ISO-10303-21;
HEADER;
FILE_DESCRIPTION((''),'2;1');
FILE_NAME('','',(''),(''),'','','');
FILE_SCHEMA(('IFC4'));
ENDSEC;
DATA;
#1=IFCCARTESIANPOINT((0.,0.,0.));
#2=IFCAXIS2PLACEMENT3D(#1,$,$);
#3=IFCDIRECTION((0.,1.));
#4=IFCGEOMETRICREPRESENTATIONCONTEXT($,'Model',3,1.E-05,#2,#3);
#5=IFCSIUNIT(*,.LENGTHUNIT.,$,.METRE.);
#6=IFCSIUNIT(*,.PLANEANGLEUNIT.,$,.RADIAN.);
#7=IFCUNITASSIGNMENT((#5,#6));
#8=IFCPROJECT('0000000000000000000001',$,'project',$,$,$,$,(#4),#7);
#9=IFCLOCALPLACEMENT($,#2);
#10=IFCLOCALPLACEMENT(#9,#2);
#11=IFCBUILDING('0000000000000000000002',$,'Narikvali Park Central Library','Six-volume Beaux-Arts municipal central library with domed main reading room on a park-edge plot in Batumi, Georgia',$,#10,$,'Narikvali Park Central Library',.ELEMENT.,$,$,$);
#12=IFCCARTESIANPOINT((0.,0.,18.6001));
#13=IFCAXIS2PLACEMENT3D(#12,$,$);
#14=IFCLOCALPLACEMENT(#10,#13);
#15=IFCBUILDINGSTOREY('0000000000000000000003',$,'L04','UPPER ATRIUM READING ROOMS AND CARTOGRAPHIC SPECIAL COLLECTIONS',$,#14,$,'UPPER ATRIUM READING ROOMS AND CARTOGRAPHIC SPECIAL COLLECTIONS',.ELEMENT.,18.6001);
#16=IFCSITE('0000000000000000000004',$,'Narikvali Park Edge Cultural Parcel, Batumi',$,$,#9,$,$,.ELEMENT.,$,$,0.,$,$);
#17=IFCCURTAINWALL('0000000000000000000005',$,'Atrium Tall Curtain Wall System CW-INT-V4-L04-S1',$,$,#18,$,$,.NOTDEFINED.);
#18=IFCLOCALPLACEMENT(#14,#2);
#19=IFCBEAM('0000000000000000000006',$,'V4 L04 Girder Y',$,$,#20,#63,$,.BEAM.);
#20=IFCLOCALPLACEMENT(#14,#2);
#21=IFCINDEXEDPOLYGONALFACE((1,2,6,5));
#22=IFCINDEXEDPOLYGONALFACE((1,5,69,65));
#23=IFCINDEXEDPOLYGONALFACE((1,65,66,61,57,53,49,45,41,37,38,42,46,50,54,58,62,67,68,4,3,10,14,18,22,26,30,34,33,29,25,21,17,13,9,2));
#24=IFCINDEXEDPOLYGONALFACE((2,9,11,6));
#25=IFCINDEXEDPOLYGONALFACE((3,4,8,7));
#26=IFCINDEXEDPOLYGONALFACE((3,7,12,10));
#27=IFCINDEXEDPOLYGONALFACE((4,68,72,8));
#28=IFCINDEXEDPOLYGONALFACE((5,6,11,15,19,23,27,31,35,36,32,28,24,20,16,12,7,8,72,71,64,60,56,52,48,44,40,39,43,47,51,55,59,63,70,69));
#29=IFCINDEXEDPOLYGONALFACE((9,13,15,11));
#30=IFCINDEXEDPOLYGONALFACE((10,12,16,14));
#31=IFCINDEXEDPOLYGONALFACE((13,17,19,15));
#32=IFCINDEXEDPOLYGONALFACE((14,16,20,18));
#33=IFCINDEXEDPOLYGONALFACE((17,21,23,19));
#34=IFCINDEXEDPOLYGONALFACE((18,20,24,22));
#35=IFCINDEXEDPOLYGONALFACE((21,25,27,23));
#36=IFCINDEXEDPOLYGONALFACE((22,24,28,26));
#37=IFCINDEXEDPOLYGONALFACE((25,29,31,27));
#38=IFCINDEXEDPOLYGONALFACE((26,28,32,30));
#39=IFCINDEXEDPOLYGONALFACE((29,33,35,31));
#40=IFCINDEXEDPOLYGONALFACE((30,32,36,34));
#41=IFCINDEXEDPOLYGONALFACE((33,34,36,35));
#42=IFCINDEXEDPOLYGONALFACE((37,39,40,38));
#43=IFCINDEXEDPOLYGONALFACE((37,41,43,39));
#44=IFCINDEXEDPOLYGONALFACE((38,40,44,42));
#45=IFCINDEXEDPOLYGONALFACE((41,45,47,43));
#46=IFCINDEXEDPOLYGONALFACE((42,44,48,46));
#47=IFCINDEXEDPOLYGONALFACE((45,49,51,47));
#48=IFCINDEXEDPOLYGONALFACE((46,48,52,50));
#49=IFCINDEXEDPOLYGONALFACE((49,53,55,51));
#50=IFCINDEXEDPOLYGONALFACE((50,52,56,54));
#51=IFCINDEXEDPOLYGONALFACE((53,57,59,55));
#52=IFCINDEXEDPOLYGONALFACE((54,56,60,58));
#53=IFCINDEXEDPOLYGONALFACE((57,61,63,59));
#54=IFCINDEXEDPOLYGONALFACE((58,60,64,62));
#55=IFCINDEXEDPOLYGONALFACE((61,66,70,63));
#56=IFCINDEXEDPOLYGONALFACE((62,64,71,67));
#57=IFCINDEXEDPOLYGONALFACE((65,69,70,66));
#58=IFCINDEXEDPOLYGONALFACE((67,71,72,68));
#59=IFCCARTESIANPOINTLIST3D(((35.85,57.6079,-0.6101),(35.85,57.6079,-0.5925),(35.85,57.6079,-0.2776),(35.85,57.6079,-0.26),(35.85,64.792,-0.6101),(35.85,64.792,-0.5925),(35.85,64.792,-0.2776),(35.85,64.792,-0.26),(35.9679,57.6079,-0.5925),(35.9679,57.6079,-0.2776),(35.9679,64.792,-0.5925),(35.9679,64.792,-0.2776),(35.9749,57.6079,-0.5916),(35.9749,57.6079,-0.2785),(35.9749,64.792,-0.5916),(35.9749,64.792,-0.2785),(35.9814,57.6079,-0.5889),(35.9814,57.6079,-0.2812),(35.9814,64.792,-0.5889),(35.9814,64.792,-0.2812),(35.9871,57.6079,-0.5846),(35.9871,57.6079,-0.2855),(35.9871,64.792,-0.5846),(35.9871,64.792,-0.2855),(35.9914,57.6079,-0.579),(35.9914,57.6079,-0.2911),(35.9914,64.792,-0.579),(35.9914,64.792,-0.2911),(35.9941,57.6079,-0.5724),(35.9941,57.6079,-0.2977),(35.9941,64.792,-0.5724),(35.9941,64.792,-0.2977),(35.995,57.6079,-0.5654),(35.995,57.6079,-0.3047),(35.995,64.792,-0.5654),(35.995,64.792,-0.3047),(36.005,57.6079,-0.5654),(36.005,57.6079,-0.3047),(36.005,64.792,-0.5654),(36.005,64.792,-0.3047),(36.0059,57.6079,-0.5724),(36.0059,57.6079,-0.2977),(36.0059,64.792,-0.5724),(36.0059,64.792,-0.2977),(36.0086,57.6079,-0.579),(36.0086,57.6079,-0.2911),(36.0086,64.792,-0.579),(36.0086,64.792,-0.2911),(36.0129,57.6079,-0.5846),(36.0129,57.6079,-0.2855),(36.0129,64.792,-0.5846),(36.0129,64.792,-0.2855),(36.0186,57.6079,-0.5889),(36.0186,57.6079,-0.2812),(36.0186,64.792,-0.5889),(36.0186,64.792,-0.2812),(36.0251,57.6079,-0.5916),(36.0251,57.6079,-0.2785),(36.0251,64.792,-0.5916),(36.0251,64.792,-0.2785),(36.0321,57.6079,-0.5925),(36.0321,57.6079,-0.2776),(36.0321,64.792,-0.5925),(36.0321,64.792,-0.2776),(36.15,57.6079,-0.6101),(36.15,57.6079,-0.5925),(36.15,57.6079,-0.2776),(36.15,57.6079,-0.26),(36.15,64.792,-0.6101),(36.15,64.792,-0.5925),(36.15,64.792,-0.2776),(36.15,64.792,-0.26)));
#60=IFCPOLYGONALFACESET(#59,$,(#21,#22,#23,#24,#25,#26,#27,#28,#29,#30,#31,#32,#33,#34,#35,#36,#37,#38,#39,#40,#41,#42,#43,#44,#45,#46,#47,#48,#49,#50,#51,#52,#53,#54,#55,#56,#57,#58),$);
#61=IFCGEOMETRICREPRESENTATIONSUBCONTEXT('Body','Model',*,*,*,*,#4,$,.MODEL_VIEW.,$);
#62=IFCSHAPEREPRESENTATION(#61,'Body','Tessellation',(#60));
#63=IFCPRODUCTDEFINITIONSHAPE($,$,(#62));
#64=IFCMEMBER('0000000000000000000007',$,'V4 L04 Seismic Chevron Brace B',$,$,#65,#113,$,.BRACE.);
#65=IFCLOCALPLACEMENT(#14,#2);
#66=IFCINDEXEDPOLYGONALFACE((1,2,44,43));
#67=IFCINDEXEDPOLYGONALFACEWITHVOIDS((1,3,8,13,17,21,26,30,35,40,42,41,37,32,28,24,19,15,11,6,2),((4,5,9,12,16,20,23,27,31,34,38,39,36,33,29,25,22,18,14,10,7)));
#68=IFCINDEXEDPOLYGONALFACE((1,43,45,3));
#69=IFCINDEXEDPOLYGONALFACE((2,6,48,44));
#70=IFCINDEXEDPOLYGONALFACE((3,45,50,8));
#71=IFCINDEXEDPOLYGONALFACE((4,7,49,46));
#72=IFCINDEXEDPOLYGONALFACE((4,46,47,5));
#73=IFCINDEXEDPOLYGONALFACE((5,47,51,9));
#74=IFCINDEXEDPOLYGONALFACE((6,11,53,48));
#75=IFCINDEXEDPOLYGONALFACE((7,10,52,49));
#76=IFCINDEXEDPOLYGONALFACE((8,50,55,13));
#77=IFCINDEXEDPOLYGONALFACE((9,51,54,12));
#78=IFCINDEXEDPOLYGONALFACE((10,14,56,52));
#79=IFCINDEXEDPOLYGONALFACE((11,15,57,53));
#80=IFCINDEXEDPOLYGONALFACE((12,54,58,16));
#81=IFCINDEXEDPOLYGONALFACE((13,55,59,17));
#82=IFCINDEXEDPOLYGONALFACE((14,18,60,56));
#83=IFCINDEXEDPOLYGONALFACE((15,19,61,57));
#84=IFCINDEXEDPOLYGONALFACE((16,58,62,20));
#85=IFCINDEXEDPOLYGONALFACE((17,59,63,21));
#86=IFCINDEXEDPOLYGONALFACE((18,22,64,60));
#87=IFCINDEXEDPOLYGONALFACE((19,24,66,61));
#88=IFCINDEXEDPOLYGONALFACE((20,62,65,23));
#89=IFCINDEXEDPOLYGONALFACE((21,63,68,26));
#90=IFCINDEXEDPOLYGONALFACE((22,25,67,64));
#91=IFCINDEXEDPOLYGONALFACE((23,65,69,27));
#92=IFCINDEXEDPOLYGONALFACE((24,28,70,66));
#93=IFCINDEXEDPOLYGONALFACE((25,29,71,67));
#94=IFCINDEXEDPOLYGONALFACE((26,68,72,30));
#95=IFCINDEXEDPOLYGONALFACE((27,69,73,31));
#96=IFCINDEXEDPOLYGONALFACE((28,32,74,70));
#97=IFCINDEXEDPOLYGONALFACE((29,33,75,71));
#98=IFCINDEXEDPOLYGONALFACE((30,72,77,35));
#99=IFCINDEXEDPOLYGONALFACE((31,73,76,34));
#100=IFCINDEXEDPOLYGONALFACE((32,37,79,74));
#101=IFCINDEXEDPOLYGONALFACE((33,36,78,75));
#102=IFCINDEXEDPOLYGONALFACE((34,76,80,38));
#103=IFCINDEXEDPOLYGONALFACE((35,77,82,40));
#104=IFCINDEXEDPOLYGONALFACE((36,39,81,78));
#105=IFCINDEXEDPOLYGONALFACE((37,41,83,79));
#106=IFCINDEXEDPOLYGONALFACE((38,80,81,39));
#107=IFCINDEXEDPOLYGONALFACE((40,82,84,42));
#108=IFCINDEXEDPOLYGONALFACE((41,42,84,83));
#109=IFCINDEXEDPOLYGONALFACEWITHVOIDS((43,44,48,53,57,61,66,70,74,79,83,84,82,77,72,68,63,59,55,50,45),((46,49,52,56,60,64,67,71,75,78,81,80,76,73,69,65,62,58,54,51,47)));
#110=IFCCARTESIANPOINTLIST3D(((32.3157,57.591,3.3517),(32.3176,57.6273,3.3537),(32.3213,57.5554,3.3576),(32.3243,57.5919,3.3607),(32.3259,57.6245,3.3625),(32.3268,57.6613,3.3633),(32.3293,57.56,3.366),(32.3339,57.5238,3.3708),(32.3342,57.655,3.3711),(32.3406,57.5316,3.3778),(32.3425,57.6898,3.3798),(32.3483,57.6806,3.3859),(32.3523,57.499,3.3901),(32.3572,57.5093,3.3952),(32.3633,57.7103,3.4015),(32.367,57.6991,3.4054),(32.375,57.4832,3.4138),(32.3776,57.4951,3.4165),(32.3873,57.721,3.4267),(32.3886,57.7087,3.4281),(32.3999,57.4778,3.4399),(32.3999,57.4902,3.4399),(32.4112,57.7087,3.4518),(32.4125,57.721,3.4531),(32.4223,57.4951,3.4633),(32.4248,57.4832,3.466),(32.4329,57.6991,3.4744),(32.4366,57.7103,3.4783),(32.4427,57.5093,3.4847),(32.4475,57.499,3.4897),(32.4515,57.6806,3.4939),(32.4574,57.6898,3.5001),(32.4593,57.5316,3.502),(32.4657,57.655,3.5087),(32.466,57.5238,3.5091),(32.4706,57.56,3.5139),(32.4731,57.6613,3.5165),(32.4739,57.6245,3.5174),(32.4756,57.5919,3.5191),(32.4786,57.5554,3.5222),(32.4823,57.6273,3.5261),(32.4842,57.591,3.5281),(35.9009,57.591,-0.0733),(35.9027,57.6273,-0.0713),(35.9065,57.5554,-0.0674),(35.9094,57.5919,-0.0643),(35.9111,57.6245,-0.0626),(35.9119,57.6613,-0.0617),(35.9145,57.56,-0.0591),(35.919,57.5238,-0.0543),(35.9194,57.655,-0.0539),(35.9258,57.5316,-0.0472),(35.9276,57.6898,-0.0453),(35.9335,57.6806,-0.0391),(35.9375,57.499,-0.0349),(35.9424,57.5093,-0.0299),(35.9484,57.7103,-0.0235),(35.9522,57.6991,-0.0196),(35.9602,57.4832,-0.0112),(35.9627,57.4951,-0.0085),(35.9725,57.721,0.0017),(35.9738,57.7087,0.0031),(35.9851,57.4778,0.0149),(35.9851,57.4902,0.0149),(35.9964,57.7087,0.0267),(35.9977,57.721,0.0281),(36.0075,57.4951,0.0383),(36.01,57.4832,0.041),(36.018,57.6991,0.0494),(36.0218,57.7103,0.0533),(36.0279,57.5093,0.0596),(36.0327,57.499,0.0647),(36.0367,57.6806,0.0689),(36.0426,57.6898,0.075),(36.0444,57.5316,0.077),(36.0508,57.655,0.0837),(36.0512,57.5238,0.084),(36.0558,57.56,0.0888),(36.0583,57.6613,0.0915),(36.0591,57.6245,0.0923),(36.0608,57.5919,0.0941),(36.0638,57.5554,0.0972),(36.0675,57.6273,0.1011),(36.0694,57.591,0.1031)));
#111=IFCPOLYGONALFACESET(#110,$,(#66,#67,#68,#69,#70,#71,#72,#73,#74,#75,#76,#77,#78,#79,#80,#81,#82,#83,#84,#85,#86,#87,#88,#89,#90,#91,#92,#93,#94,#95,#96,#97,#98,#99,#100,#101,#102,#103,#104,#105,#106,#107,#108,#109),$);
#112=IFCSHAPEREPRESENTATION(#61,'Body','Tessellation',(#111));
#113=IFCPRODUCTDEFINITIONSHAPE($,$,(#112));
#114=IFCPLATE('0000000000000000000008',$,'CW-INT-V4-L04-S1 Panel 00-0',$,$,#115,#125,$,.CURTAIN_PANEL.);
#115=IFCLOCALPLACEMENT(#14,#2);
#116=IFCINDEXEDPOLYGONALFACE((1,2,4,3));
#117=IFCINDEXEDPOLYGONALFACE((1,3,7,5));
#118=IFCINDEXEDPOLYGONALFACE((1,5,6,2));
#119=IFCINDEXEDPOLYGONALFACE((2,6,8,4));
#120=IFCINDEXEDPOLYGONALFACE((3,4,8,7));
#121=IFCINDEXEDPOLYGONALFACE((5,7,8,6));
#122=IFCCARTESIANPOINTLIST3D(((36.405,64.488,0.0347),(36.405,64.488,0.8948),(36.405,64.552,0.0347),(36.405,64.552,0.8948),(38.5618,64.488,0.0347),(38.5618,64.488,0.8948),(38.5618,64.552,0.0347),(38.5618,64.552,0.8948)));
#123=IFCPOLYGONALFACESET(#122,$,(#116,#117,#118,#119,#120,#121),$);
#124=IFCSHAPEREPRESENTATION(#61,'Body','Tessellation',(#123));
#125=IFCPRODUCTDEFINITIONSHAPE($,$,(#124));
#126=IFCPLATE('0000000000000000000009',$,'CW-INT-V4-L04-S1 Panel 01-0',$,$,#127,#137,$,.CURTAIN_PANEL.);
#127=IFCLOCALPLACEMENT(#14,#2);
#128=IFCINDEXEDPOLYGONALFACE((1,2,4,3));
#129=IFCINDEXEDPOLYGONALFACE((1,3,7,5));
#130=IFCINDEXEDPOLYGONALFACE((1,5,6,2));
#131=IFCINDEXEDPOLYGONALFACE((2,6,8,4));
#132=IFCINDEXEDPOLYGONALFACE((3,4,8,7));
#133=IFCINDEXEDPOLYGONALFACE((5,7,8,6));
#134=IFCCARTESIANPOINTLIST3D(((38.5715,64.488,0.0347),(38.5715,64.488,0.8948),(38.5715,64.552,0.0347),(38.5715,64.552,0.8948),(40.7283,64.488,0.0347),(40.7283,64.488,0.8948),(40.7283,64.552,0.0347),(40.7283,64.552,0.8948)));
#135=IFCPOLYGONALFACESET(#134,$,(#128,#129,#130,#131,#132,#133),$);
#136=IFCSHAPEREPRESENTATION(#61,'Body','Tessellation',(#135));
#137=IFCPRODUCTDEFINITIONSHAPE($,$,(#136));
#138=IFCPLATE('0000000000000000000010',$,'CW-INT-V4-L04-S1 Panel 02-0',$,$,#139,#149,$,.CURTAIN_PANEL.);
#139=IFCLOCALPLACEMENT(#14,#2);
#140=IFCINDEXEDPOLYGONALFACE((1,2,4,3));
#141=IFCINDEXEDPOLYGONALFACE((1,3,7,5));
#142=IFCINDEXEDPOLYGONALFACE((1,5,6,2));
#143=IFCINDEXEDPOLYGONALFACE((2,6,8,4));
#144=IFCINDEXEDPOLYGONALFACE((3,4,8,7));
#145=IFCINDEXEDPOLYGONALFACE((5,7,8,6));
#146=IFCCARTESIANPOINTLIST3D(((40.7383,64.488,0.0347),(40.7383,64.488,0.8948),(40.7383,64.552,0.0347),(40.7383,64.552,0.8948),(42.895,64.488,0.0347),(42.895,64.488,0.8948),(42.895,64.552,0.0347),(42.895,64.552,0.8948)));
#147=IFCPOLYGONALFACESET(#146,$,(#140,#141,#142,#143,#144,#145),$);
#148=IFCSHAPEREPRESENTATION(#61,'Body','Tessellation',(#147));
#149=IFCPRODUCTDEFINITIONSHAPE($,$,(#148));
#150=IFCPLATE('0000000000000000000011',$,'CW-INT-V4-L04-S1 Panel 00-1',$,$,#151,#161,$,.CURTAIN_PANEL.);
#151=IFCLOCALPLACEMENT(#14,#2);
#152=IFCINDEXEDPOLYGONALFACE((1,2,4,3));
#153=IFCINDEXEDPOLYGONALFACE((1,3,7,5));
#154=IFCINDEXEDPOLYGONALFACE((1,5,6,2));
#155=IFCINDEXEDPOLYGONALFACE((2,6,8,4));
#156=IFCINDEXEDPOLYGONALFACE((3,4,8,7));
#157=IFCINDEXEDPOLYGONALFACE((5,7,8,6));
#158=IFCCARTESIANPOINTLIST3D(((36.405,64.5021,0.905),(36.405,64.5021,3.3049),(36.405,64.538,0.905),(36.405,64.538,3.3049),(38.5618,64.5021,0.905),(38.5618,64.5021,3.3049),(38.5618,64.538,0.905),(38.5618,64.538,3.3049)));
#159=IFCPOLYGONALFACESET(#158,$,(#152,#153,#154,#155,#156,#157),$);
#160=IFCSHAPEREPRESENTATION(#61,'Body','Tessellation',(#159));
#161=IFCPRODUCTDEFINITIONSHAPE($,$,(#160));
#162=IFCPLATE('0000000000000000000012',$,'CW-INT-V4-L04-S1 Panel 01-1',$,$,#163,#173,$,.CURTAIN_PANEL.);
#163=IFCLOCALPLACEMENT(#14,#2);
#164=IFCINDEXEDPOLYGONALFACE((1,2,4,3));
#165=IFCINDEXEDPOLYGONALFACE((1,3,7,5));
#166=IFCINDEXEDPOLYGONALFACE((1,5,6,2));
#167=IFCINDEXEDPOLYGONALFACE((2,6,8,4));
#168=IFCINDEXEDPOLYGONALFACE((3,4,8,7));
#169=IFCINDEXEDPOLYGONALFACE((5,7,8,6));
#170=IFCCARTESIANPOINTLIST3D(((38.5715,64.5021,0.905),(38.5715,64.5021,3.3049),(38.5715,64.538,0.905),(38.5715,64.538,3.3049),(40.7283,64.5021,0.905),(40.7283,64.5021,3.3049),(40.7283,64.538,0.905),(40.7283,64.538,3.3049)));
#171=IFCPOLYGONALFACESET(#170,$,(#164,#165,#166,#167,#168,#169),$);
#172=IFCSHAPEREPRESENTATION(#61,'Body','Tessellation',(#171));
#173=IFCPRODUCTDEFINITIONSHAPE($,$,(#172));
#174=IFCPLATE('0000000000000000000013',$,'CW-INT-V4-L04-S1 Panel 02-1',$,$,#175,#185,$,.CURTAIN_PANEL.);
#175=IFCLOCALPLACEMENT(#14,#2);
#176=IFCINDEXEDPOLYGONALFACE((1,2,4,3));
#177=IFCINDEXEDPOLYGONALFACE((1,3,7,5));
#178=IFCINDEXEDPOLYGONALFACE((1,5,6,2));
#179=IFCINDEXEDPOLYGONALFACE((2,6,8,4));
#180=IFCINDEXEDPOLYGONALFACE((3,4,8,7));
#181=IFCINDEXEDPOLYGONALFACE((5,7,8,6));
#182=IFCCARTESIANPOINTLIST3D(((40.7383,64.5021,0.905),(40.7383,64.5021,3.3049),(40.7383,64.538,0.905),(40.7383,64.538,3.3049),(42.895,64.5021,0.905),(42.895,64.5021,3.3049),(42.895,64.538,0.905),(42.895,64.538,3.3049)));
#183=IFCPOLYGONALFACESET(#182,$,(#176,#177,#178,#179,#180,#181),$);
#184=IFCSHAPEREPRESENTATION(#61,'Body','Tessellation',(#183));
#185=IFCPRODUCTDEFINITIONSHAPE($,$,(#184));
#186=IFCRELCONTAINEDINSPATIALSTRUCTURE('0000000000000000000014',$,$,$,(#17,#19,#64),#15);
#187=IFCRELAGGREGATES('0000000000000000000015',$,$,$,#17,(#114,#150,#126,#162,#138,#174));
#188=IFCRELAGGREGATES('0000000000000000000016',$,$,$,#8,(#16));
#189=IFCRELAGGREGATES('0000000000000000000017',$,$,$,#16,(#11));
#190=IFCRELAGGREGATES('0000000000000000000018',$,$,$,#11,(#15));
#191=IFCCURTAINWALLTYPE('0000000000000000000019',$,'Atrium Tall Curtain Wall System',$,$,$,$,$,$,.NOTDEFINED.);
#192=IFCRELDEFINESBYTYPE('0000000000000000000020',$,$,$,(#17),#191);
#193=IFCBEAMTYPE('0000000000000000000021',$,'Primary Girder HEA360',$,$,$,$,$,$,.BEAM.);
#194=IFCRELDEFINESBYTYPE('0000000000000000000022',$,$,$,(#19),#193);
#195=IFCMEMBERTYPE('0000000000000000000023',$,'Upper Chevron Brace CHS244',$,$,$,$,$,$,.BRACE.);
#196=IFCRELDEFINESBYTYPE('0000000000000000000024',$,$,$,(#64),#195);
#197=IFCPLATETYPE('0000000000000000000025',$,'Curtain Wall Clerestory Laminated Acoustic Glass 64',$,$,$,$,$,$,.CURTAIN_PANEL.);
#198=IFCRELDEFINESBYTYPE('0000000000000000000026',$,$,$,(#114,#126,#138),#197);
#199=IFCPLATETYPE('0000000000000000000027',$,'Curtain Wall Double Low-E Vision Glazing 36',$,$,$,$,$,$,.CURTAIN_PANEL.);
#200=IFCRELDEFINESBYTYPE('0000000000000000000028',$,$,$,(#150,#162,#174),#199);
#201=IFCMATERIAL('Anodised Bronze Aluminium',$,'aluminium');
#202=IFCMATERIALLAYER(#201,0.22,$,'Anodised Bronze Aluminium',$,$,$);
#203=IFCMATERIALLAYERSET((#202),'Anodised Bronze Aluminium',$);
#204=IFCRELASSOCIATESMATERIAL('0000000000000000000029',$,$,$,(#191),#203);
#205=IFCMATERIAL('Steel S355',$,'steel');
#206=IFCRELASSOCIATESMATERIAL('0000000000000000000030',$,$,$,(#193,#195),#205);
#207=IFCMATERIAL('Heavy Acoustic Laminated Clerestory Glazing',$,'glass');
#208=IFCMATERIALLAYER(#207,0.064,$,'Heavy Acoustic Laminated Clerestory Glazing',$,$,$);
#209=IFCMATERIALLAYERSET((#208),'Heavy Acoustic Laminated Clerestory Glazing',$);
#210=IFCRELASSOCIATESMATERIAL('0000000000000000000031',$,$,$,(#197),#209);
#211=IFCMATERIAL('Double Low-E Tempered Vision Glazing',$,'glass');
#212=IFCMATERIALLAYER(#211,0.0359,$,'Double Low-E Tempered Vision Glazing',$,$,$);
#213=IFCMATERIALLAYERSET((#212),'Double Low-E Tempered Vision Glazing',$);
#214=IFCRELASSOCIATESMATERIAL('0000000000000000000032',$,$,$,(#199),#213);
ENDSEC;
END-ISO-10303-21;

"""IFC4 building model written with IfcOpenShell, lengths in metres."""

from ifc_helpers import new_model, si_unit, direction, frame, origin, origin_2d, place, context, subcontext, project, spatial, rectangle, hollow_circle, i_section, extrude, material, layer, layer_set, material_profile, profile_set, type_object, element, aggregate, save


model = new_model("IFC4")

# Units and contexts
model_context = context("Model", 3, precision=1e-05, world=origin(), true_north=direction((0.0, 1.0)))
body_context = subcontext(model_context, "Body", "Model", "MODEL_VIEW")
ifc_project = project(units=[si_unit("LENGTHUNIT", "METRE"), si_unit("PLANEANGLEUNIT", "RADIAN")], contexts=[model_context])

# Site, building, storey
site_placement = place(None, origin())
site = spatial("IfcSite", under=ifc_project, at=site_placement, Name="Narikvali Park Edge Cultural Parcel, Batumi", CompositionType="ELEMENT", RefElevation=0.0)
building_placement = place(site_placement, origin())
building = spatial("IfcBuilding", under=site, at=building_placement, Name="Narikvali Park Central Library", Description="Six-volume Beaux-Arts municipal central library with domed main reading room on a park-edge plot in Batumi, Georgia", LongName="Narikvali Park Central Library", CompositionType="ELEMENT")
storey_placement = place(building_placement, frame((0.0, 0.0, 18.6001)))
storey = spatial("IfcBuildingStorey", under=building, at=storey_placement, Name="L04", Description="UPPER ATRIUM READING ROOMS AND CARTOGRAPHIC SPECIAL COLLECTIONS", LongName="UPPER ATRIUM READING ROOMS AND CARTOGRAPHIC SPECIAL COLLECTIONS", CompositionType="ELEMENT", Elevation=18.6001)

# Shared definitions
ifc_material_1 = material(Name="Steel S355", Category="steel")

# Curtain wall
ifc_material_2 = material(Name="Anodised Bronze Aluminium", Category="aluminium")
ifc_layer_1 = layer(ifc_material_2, 0.22, Name="Anodised Bronze Aluminium")
ifc_layer_set_1 = layer_set([ifc_layer_1], Name="Anodised Bronze Aluminium")
curtain_wall_type = type_object("IfcCurtainWallType", Name="Atrium Tall Curtain Wall System", PredefinedType="NOTDEFINED", material=ifc_layer_set_1)
curtain_wall_placement = place(storey_placement, origin())
curtain_wall = element("IfcCurtainWall", 1, at=curtain_wall_placement, inside=storey, type_object=curtain_wall_type, Name="Atrium Tall Curtain Wall System CW-INT-V4-L04-S1", PredefinedType="NOTDEFINED")

# Beam
ifc_material_profile_1 = material_profile(ifc_material_1, i_section(OverallWidth=0.3, OverallDepth=0.3501, WebThickness=0.01, FlangeThickness=0.0176, FilletRadius=0.0271, at=origin_2d()), Name="HEA 360")
ifc_profile_set_1 = profile_set([ifc_material_profile_1], Name="Steel S355")
beam_type_1 = type_object("IfcBeamType", Name="Primary Girder HEA360", PredefinedType="BEAM", material=ifc_profile_set_1)
beam_1_placement = place(storey_placement, frame((36.0, 57.6079, -0.4351), z_axis=(0.0, 1.0, 0.0), x_axis=(-1.0, 0.0, 0.0)))
element("IfcBeam", 2, at=beam_1_placement, inside=storey, type_object=beam_type_1, Name="V4 L04 Girder Y", PredefinedType="BEAM", context=body_context, shape_type="SweptSolid", body=[
    extrude(i_section(OverallWidth=0.3, OverallDepth=0.3501, WebThickness=0.01, FlangeThickness=0.0176, FilletRadius=0.0271, at=origin_2d()), origin(), (0.0, 0.0, 1.0), 7.1841),
])

# Member
ifc_material_profile_2 = material_profile(ifc_material_1, hollow_circle(Radius=0.1223, WallThickness=0.0125, at=origin_2d()), Name="CHS 244.5x12.5")
ifc_profile_set_2 = profile_set([ifc_material_profile_2], Name="Steel S355")
member_type_1 = type_object("IfcMemberType", Name="Upper Chevron Brace CHS244", PredefinedType="BRACE", material=ifc_profile_set_2)
member_1_placement = place(storey_placement, frame((35.9851, 57.6001, 0.0149), z_axis=(-0.723073, 0.0, 0.690772), x_axis=(0.0, -1.0, 0.0)))
element("IfcMember", 3, at=member_1_placement, inside=storey, type_object=member_type_1, Name="V4 L04 Seismic Chevron Brace B", PredefinedType="BRACE", context=body_context, shape_type="SweptSolid", body=[
    extrude(hollow_circle(Radius=0.1223, WallThickness=0.0125, at=origin_2d()), origin(), (0.0, 0.0, 1.0), 4.9583),
])

# Plates
ifc_material_3 = material(Name="Heavy Acoustic Laminated Clerestory Glazing", Category="glass")
ifc_layer_2 = layer(ifc_material_3, 0.064, Name="Heavy Acoustic Laminated Clerestory Glazing")
ifc_layer_set_2 = layer_set([ifc_layer_2], Name="Heavy Acoustic Laminated Clerestory Glazing")
plate_type_1 = type_object("IfcPlateType", Name="Curtain Wall Clerestory Laminated Acoustic Glass 64", PredefinedType="CURTAIN_PANEL", material=ifc_layer_set_2)
plate_1_placement = place(storey_placement, frame((37.4834, 64.52, 0.0347), z_axis=(0.0, 0.0, 1.0), x_axis=(1.0, 0.0, 0.0)))
plate_1 = element("IfcPlate", 4, at=plate_1_placement, type_object=plate_type_1, Name="CW-INT-V4-L04-S1 Panel 00-0", PredefinedType="CURTAIN_PANEL", context=body_context, shape_type="SweptSolid", body=[
    extrude(rectangle(XDim=2.1567, YDim=0.064, at=origin_2d()), origin(), (0.0, 0.0, 1.0), 0.8601),
])
plate_2_placement = place(storey_placement, frame((39.6499, 64.52, 0.0347), z_axis=(0.0, 0.0, 1.0), x_axis=(1.0, 0.0, 0.0)))
plate_2 = element("IfcPlate", 5, at=plate_2_placement, type_object=plate_type_1, Name="CW-INT-V4-L04-S1 Panel 01-0", PredefinedType="CURTAIN_PANEL", context=body_context, shape_type="SweptSolid", body=[
    extrude(rectangle(XDim=2.1567, YDim=0.064, at=origin_2d()), origin(), (0.0, 0.0, 1.0), 0.8601),
])
plate_3_placement = place(storey_placement, frame((41.8167, 64.52, 0.0347), z_axis=(0.0, 0.0, 1.0), x_axis=(1.0, 0.0, 0.0)))
plate_3 = element("IfcPlate", 6, at=plate_3_placement, type_object=plate_type_1, Name="CW-INT-V4-L04-S1 Panel 02-0", PredefinedType="CURTAIN_PANEL", context=body_context, shape_type="SweptSolid", body=[
    extrude(rectangle(XDim=2.1567, YDim=0.064, at=origin_2d()), origin(), (0.0, 0.0, 1.0), 0.8601),
])
ifc_material_4 = material(Name="Double Low-E Tempered Vision Glazing", Category="glass")
ifc_layer_3 = layer(ifc_material_4, 0.0359, Name="Double Low-E Tempered Vision Glazing")
ifc_layer_set_3 = layer_set([ifc_layer_3], Name="Double Low-E Tempered Vision Glazing")
plate_type_2 = type_object("IfcPlateType", Name="Curtain Wall Double Low-E Vision Glazing 36", PredefinedType="CURTAIN_PANEL", material=ifc_layer_set_3)
plate_4_placement = place(storey_placement, frame((37.4834, 64.52, 0.905), z_axis=(0.0, 0.0, 1.0), x_axis=(1.0, 0.0, 0.0)))
plate_4 = element("IfcPlate", 7, at=plate_4_placement, type_object=plate_type_2, Name="CW-INT-V4-L04-S1 Panel 00-1", PredefinedType="CURTAIN_PANEL", context=body_context, shape_type="SweptSolid", body=[
    extrude(rectangle(XDim=2.1567, YDim=0.0359, at=origin_2d()), origin(), (0.0, 0.0, 1.0), 2.3999),
])
plate_5_placement = place(storey_placement, frame((39.6499, 64.52, 0.905), z_axis=(0.0, 0.0, 1.0), x_axis=(1.0, 0.0, 0.0)))
plate_5 = element("IfcPlate", 8, at=plate_5_placement, type_object=plate_type_2, Name="CW-INT-V4-L04-S1 Panel 01-1", PredefinedType="CURTAIN_PANEL", context=body_context, shape_type="SweptSolid", body=[
    extrude(rectangle(XDim=2.1567, YDim=0.0359, at=origin_2d()), origin(), (0.0, 0.0, 1.0), 2.3999),
])
plate_6_placement = place(storey_placement, frame((41.8167, 64.52, 0.905), z_axis=(0.0, 0.0, 1.0), x_axis=(1.0, 0.0, 0.0)))
plate_6 = element("IfcPlate", 9, at=plate_6_placement, type_object=plate_type_2, Name="CW-INT-V4-L04-S1 Panel 02-1", PredefinedType="CURTAIN_PANEL", context=body_context, shape_type="SweptSolid", body=[
    extrude(rectangle(XDim=2.1567, YDim=0.0359, at=origin_2d()), origin(), (0.0, 0.0, 1.0), 2.3999),
])
aggregate(curtain_wall, [plate_1, plate_4, plate_2, plate_5, plate_3, plate_6])

save(model, "model.ifc")
